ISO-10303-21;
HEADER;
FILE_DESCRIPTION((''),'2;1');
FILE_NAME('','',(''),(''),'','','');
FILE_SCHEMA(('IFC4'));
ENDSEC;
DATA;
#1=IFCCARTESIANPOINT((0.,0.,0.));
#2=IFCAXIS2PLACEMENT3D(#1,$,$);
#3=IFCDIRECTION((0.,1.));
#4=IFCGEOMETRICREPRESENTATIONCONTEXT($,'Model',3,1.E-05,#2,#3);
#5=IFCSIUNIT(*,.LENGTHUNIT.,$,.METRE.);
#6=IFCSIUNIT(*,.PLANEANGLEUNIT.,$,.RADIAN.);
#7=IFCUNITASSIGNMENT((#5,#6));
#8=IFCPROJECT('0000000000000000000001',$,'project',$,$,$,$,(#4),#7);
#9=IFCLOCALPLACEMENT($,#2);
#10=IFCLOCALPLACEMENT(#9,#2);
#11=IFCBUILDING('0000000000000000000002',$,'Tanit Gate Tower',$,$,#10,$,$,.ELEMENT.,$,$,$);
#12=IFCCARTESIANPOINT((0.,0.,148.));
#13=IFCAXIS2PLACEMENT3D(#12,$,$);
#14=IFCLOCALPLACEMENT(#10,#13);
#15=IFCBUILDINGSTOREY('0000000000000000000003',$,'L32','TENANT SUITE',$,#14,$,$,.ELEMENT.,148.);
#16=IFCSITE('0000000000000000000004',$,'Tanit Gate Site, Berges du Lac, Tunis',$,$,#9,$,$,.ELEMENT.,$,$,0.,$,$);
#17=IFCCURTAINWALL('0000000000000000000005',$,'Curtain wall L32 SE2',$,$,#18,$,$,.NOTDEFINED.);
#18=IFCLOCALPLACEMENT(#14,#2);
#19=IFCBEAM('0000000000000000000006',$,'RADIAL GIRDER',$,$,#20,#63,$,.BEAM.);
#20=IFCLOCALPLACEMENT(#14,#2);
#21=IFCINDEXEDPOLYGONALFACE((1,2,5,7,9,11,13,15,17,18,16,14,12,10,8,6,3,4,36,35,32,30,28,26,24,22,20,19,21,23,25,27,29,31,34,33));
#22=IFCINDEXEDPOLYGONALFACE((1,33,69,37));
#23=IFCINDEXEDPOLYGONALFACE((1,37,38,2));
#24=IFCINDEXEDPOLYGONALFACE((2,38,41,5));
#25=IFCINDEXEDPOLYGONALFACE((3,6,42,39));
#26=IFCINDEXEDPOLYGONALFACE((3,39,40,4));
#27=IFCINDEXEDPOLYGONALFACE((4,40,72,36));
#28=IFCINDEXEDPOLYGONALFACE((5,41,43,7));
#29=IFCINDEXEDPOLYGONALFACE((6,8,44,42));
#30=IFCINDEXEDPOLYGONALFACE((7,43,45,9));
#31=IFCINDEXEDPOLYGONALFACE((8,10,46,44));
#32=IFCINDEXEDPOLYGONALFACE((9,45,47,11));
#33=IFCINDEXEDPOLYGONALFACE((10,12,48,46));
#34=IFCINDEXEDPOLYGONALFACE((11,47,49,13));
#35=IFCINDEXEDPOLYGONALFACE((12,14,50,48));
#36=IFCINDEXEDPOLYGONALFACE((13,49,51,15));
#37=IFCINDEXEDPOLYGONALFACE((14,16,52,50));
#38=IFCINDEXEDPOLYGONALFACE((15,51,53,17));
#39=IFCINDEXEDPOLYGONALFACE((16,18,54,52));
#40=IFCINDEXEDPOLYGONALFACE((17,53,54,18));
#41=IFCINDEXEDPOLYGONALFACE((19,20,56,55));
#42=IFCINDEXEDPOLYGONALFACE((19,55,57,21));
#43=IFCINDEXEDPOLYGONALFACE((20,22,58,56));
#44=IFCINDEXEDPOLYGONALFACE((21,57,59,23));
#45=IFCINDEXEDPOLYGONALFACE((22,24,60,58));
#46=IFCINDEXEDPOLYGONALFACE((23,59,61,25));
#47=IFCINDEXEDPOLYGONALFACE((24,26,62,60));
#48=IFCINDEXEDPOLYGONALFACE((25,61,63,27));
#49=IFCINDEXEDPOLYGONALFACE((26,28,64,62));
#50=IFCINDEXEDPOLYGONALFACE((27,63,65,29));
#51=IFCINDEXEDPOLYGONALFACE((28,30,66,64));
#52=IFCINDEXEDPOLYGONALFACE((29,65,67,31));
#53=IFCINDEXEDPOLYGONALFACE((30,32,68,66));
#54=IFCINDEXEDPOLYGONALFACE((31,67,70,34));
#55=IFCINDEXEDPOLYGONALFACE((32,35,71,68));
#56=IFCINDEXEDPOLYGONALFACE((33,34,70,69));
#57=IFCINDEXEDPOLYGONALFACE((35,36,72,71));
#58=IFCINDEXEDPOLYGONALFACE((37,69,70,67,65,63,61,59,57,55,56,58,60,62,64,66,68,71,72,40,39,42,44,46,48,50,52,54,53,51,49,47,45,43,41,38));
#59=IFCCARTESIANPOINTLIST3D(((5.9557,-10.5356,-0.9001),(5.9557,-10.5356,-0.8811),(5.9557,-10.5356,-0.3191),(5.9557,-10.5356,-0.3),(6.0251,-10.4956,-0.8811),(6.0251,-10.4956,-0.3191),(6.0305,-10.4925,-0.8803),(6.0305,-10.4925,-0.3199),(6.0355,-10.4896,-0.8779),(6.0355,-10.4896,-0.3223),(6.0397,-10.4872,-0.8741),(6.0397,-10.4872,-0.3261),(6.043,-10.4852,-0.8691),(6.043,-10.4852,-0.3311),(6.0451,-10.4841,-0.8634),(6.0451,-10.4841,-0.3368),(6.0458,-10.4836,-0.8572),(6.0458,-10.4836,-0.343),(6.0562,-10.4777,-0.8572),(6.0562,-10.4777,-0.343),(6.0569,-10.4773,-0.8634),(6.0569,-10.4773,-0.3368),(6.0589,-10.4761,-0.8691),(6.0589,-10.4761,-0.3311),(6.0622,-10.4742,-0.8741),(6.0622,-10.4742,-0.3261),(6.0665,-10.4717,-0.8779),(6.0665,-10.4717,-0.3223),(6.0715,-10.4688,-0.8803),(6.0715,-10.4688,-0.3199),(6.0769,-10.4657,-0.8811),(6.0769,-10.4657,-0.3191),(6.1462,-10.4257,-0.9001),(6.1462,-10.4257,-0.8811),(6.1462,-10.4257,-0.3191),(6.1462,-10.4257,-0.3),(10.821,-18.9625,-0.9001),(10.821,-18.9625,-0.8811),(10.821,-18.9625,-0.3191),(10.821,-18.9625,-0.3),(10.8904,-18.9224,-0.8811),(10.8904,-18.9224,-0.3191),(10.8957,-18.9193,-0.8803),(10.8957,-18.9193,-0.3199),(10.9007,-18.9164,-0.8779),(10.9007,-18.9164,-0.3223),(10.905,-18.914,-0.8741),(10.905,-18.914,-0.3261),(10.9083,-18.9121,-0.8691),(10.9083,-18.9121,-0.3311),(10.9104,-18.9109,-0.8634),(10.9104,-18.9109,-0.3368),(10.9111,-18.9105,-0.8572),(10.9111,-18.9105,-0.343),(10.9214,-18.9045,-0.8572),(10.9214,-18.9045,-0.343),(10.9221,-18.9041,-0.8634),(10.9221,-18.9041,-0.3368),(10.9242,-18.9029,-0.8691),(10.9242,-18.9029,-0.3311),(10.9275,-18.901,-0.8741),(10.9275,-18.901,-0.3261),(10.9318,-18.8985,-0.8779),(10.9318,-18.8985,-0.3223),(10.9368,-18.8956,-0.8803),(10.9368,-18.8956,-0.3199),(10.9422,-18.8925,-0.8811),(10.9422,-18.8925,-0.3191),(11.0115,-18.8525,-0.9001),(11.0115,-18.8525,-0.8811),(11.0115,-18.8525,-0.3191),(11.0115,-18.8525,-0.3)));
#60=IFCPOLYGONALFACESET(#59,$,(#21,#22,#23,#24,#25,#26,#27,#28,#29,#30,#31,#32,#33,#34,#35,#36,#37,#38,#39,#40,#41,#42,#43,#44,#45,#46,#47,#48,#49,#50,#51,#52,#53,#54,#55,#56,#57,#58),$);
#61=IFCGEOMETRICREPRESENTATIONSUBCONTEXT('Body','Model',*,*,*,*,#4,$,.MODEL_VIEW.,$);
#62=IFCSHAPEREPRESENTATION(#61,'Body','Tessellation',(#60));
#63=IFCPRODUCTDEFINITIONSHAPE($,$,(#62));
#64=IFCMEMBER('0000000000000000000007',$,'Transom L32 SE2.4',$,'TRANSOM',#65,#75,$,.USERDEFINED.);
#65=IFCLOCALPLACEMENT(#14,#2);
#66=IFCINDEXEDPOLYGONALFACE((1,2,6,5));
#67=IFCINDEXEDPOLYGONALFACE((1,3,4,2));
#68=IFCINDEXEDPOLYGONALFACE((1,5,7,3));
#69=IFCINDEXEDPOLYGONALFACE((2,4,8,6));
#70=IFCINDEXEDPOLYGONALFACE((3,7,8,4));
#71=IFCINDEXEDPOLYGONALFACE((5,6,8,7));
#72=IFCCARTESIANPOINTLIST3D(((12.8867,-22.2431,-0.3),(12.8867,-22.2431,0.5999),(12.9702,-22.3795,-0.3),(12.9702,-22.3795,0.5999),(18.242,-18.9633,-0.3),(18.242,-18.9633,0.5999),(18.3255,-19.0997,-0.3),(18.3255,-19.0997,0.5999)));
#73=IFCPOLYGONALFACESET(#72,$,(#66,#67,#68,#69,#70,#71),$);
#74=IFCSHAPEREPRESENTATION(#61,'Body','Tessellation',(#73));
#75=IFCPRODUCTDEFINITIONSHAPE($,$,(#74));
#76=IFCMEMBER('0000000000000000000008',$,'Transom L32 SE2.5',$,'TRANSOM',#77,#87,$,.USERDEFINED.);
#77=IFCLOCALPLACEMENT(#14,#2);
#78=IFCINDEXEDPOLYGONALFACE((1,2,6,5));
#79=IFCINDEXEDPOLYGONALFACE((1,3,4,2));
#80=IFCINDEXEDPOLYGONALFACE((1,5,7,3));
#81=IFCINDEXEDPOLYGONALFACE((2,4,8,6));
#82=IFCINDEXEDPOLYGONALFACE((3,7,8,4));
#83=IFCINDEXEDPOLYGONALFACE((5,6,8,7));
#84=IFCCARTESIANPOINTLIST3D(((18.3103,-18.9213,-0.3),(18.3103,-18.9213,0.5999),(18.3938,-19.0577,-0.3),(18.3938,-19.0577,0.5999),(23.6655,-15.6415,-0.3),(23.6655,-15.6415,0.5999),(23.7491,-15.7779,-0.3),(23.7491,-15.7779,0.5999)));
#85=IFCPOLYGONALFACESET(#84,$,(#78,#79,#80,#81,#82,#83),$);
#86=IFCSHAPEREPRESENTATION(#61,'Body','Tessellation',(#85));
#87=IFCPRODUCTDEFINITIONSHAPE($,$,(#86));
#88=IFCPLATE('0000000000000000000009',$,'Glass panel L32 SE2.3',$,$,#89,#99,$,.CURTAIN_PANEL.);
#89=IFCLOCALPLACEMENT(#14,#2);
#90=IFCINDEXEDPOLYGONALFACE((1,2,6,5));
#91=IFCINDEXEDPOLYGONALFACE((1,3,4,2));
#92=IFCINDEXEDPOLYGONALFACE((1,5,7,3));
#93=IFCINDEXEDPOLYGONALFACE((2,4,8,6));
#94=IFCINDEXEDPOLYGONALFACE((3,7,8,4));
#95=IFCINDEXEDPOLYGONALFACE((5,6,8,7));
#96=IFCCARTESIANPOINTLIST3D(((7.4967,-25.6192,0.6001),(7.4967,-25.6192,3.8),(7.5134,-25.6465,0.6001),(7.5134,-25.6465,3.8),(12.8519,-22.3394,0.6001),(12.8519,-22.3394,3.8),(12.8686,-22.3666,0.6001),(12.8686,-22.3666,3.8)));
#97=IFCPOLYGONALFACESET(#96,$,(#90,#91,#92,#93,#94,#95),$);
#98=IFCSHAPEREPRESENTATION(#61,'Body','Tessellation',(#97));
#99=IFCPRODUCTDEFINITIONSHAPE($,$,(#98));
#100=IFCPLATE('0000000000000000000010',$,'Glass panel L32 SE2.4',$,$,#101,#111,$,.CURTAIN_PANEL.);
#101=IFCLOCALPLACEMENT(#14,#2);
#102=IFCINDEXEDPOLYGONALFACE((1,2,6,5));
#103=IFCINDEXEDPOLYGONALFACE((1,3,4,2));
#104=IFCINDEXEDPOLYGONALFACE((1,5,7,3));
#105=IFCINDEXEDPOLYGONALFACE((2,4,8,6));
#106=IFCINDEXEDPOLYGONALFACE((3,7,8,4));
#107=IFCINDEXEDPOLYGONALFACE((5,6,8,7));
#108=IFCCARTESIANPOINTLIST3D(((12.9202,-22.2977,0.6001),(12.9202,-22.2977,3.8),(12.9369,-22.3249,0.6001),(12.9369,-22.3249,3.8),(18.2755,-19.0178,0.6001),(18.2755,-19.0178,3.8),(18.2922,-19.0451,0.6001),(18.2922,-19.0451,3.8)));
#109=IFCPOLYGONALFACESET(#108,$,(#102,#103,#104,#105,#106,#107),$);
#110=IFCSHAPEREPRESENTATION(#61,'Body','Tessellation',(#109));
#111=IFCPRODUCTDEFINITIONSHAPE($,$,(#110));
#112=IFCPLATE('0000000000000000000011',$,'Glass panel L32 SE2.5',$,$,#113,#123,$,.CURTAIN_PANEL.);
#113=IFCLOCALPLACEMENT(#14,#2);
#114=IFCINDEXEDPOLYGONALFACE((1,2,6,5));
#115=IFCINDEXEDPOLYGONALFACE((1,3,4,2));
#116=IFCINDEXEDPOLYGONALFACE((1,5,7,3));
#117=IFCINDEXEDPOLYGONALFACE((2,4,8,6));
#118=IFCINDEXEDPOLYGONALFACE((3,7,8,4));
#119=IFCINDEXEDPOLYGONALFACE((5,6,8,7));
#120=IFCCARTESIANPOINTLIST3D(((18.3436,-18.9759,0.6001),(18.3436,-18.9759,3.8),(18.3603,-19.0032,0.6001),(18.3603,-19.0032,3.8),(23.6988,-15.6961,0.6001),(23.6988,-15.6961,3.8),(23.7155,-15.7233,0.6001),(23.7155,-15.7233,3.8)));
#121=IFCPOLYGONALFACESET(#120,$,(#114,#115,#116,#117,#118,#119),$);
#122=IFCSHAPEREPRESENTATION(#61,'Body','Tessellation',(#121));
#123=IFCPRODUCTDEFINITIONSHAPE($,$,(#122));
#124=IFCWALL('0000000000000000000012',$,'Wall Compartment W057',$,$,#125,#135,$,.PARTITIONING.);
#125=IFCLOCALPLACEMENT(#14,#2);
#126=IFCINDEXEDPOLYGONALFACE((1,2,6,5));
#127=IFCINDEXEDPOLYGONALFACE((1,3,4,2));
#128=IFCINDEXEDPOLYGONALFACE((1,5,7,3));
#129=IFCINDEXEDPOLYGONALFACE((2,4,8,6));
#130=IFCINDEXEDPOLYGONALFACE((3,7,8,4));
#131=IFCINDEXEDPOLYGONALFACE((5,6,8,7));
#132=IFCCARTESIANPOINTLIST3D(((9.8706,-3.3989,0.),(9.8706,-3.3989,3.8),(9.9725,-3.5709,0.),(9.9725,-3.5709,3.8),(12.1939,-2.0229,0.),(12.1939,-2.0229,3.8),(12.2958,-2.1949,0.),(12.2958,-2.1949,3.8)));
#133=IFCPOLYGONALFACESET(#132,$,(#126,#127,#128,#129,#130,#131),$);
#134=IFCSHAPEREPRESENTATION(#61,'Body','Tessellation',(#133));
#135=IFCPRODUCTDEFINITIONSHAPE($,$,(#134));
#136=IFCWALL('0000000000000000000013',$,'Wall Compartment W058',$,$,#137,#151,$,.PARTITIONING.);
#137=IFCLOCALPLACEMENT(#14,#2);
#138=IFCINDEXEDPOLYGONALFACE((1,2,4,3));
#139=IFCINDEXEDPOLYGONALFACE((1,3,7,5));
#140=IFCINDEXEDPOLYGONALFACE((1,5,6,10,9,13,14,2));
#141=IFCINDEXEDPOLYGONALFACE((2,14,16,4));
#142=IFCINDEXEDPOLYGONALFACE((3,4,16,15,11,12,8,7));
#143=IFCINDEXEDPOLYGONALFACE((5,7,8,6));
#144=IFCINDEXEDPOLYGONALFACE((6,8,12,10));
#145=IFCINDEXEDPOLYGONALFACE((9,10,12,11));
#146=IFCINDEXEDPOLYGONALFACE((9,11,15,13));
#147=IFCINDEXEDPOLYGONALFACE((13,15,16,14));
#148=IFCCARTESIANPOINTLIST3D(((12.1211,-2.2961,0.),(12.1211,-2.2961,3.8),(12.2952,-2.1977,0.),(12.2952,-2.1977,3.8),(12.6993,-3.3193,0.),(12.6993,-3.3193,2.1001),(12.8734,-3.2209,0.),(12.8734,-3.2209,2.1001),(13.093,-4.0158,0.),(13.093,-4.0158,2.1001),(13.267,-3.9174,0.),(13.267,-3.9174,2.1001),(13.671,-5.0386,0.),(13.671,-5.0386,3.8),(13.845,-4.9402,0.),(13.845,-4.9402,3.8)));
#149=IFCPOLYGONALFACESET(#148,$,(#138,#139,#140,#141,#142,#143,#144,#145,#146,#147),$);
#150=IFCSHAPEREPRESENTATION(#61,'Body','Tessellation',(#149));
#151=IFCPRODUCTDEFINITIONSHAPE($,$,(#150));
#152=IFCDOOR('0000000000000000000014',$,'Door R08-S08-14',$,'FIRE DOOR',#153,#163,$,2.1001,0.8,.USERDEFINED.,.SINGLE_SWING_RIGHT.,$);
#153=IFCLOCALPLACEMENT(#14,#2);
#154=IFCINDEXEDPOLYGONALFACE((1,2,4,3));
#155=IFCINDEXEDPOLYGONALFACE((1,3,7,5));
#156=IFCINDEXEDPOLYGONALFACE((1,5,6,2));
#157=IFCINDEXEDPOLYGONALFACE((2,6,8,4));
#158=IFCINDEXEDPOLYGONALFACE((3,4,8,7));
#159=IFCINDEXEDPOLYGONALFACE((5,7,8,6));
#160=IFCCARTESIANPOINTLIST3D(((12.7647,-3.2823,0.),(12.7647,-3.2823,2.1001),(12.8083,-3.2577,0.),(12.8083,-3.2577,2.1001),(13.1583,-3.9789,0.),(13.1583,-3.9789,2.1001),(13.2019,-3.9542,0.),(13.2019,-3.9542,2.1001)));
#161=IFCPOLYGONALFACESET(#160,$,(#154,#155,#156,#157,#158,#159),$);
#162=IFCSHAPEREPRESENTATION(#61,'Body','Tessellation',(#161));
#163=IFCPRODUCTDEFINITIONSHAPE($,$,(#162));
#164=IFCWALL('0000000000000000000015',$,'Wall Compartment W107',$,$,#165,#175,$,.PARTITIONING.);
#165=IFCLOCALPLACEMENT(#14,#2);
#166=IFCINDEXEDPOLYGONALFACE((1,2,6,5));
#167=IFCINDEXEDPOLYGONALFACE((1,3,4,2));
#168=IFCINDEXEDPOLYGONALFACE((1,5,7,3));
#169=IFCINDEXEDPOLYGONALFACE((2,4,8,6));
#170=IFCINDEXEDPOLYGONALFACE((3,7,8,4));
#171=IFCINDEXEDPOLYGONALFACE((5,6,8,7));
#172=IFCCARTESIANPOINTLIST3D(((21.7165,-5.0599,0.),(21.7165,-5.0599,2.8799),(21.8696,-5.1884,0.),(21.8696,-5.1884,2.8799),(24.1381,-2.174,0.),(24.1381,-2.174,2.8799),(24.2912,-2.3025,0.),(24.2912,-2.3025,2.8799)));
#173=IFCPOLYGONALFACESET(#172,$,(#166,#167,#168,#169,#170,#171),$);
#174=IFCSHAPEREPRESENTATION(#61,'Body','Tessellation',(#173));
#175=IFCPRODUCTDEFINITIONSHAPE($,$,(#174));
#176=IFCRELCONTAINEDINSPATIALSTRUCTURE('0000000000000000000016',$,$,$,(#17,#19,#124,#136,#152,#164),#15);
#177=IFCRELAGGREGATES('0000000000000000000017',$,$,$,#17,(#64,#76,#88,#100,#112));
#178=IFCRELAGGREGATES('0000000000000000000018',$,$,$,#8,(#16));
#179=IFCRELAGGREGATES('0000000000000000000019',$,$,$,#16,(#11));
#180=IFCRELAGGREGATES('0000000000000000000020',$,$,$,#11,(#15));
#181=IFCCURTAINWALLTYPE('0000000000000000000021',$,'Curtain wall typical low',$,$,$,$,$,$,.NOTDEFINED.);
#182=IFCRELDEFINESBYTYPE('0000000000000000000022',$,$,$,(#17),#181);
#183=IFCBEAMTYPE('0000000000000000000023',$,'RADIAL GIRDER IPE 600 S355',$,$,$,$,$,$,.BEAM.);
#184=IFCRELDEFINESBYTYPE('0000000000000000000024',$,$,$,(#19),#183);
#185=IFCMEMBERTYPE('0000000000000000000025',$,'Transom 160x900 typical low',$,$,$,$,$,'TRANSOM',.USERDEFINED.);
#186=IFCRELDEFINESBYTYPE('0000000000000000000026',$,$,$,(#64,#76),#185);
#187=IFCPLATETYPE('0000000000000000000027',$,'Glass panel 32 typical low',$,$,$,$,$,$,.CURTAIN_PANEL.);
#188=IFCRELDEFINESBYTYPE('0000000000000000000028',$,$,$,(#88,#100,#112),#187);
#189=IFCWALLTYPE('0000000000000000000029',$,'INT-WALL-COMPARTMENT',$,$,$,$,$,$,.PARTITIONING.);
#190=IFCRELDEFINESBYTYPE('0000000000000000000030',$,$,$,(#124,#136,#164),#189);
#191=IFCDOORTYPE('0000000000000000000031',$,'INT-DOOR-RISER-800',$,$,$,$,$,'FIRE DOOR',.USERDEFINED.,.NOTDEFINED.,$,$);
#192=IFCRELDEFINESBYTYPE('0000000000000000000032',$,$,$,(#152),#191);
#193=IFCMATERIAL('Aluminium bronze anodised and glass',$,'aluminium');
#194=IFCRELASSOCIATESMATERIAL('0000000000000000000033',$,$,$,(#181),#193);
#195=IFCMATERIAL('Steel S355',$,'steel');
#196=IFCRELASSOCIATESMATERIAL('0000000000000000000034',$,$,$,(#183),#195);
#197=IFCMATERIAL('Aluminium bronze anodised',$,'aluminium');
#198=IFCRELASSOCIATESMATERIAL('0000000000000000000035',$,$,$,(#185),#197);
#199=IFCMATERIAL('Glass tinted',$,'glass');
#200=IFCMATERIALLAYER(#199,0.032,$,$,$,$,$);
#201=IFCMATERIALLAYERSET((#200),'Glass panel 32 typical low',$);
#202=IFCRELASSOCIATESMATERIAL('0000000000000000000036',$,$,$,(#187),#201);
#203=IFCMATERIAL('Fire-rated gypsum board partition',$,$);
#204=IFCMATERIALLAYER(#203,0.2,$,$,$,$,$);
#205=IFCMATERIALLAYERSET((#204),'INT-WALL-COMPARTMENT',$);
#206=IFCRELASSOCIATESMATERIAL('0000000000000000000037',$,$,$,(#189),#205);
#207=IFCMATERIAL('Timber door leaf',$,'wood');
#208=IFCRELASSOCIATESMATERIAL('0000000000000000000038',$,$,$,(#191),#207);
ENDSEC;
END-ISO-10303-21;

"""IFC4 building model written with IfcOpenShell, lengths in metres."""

from ifc_helpers import new_model, si_unit, direction, frame, frame_2d, origin, origin_2d, place, context, subcontext, project, spatial, rectangle, i_section, extrude, material, layer, layer_set, material_profile, profile_set, type_object, element, fill, aggregate, save


model = new_model("IFC4")

# Units and contexts
model_context = context("Model", 3, precision=1e-05, world=origin(), true_north=direction((0.0, 1.0)))
body_context = subcontext(model_context, "Body", "Model", "MODEL_VIEW")
ifc_project = project(units=[si_unit("LENGTHUNIT", "METRE"), si_unit("PLANEANGLEUNIT", "RADIAN")], contexts=[model_context])

# Site, building, storey
site_placement = place(None, origin())
site = spatial("IfcSite", under=ifc_project, at=site_placement, Name="Tanit Gate Site, Berges du Lac, Tunis", CompositionType="ELEMENT", RefElevation=0.0)
building_placement = place(site_placement, origin())
building = spatial("IfcBuilding", under=site, at=building_placement, Name="Tanit Gate Tower", CompositionType="ELEMENT")
storey_placement = place(building_placement, frame((0.0, 0.0, 148.0)))
storey = spatial("IfcBuildingStorey", under=building, at=storey_placement, Name="L32", Description="TENANT SUITE", CompositionType="ELEMENT", Elevation=148.0)

# Curtain wall
ifc_material_1 = material(Name="Aluminium bronze anodised and glass", Category="aluminium")
curtain_wall_type = type_object("IfcCurtainWallType", Name="Curtain wall typical low", PredefinedType="NOTDEFINED", material=ifc_material_1)
curtain_wall_placement = place(storey_placement, origin())
curtain_wall = element("IfcCurtainWall", 1, at=curtain_wall_placement, inside=storey, type_object=curtain_wall_type, Name="Curtain wall L32 SE2", PredefinedType="NOTDEFINED")

# Beam
ifc_material_2 = material(Name="Steel S355", Category="steel")
ifc_material_profile_1 = material_profile(ifc_material_2, i_section(OverallWidth=0.22, OverallDepth=0.6001, WebThickness=0.012, FlangeThickness=0.019, FilletRadius=0.0239, at=origin_2d()), Name="IPE 600")
ifc_profile_set_1 = profile_set([ifc_material_profile_1], Name="Steel S355")
beam_type_1 = type_object("IfcBeamType", Name="RADIAL GIRDER IPE 600 S355", PredefinedType="BEAM", material=ifc_profile_set_1)
beam_1_placement = place(storey_placement, frame((10.9163, -18.9075, -0.6001), z_axis=(-0.500003, 0.866023, 0.0), x_axis=(-0.866023, -0.500003, 0.0)))
element("IfcBeam", 2, at=beam_1_placement, inside=storey, type_object=beam_type_1, Name="RADIAL GIRDER", PredefinedType="BEAM", context=body_context, shape_type="SweptSolid", body=[
    extrude(i_section(OverallWidth=0.22, OverallDepth=0.6001, WebThickness=0.012, FlangeThickness=0.019, FilletRadius=0.0239, at=origin_2d()), origin(), (0.0, 0.0, 1.0), 9.7305),
])

# Members
ifc_material_3 = material(Name="Aluminium bronze anodised", Category="aluminium")
ifc_material_profile_2 = material_profile(ifc_material_3, rectangle(XDim=0.1599, YDim=0.8999, at=origin_2d()), Name="160x900 bronze transom")
ifc_profile_set_2 = profile_set([ifc_material_profile_2], Name="Aluminium bronze anodised")
member_type_1 = type_object("IfcMemberType", Name="Transom 160x900 typical low", ElementType="TRANSOM", PredefinedType="USERDEFINED", material=ifc_profile_set_2)
member_1_placement = place(storey_placement, frame((12.9285, -22.3113, 0.1499), z_axis=(0.852775, 0.522279, 0.0), x_axis=(-0.522279, 0.852775, 0.0)))
member_1 = element("IfcMember", 3, at=member_1_placement, type_object=member_type_1, Name="Transom L32 SE2.4", ObjectType="TRANSOM", PredefinedType="USERDEFINED", context=body_context, shape_type="SweptSolid", body=[
    extrude(rectangle(XDim=0.1599, YDim=0.8999, at=origin_2d()), origin(), (0.0, 0.0, 1.0), 6.2798),
])
member_2_placement = place(storey_placement, frame((18.3521, -18.9895, 0.1499), z_axis=(0.852775, 0.522279, 0.0), x_axis=(-0.522279, 0.852775, 0.0)))
member_2 = element("IfcMember", 4, at=member_2_placement, type_object=member_type_1, Name="Transom L32 SE2.5", ObjectType="TRANSOM", PredefinedType="USERDEFINED", context=body_context, shape_type="SweptSolid", body=[
    extrude(rectangle(XDim=0.1599, YDim=0.8999, at=origin_2d()), origin(), (0.0, 0.0, 1.0), 6.2798),
])

# Plates
ifc_material_4 = material(Name="Glass tinted", Category="glass")
ifc_layer_1 = layer(ifc_material_4, 0.032)
ifc_layer_set_1 = layer_set([ifc_layer_1], Name="Glass panel 32 typical low")
plate_type = type_object("IfcPlateType", Name="Glass panel 32 typical low", PredefinedType="CURTAIN_PANEL", material=ifc_layer_set_1)
plate_1_placement = place(storey_placement, frame((10.1826, -23.9929, 0.6001), z_axis=(0.0, 0.0, 1.0), x_axis=(0.852772, 0.522283, 0.0)))
plate_1 = element("IfcPlate", 5, at=plate_1_placement, type_object=plate_type, Name="Glass panel L32 SE2.3", PredefinedType="CURTAIN_PANEL", context=body_context, shape_type="SweptSolid", body=[
    extrude(rectangle(XDim=6.2798, YDim=0.032, at=origin_2d()), origin(), (0.0, 0.0, 1.0), 3.2),
])
plate_2_placement = place(storey_placement, frame((15.6062, -20.6714, 0.6001), z_axis=(0.0, 0.0, 1.0), x_axis=(0.852772, 0.522283, 0.0)))
plate_2 = element("IfcPlate", 6, at=plate_2_placement, type_object=plate_type, Name="Glass panel L32 SE2.4", PredefinedType="CURTAIN_PANEL", context=body_context, shape_type="SweptSolid", body=[
    extrude(rectangle(XDim=6.2798, YDim=0.032, at=origin_2d()), origin(), (0.0, 0.0, 1.0), 3.2),
])
plate_3_placement = place(storey_placement, frame((21.0295, -17.3496, 0.6001), z_axis=(0.0, 0.0, 1.0), x_axis=(0.852772, 0.522283, 0.0)))
plate_3 = element("IfcPlate", 7, at=plate_3_placement, type_object=plate_type, Name="Glass panel L32 SE2.5", PredefinedType="CURTAIN_PANEL", context=body_context, shape_type="SweptSolid", body=[
    extrude(rectangle(XDim=6.2798, YDim=0.032, at=origin_2d()), origin(), (0.0, 0.0, 1.0), 3.2),
])
aggregate(curtain_wall, [member_1, member_2, plate_1, plate_2, plate_3])

# Wall
ifc_material_5 = material(Name="Fire-rated gypsum board partition")
ifc_layer_2 = layer(ifc_material_5, 0.2)
ifc_layer_set_2 = layer_set([ifc_layer_2], Name="INT-WALL-COMPARTMENT")
wall_type_1 = type_object("IfcWallType", Name="INT-WALL-COMPARTMENT", PredefinedType="PARTITIONING", material=ifc_layer_set_2)
wall_1_placement = place(storey_placement, frame((12.2449, -2.1089, 0.0), z_axis=(0.0, 0.0, 1.0), x_axis=(-0.860415, -0.509594, 0.0)))
element("IfcWall", 8, at=wall_1_placement, inside=storey, type_object=wall_type_1, Name="Wall Compartment W057", PredefinedType="PARTITIONING", context=body_context, shape_type="SweptSolid", body=[
    extrude(rectangle(XDim=2.7002, YDim=0.2, at=frame_2d((1.3501, 0.0))), origin(), (0.0, 0.0, 1.0), 3.8),
])

# Wall, opening, door
wall_2_placement = place(storey_placement, frame((13.7581, -4.9895, 0.0), z_axis=(0.0, 0.0, 1.0), x_axis=(-0.491993, 0.870599, 0.0)))
wall_2 = element("IfcWall", 9, at=wall_2_placement, inside=storey, type_object=wall_type_1, Name="Wall Compartment W058", PredefinedType="PARTITIONING", context=body_context, shape_type="SweptSolid", body=[
    extrude(rectangle(XDim=3.1501, YDim=0.2, at=frame_2d((1.5752, 0.0))), origin(), (0.0, 0.0, 1.0), 3.8),
])
opening_1_placement = place(wall_2_placement, frame((1.175, 0.0, 0.0)))
opening_1 = element("IfcOpeningElement", 10, at=opening_1_placement, cuts=wall_2, PredefinedType="OPENING", context=body_context, shape_type="SweptSolid", body=[
    extrude(rectangle(XDim=0.8, YDim=2.1001, at=frame_2d((0.3999, 1.05))), frame((0.0, 0.1099, 0.0), z_axis=(0.0, -1.0, 0.0), x_axis=(1.0, 0.0, 0.0)), (0.0, 0.0, 1.0), 0.22),
])
ifc_material_6 = material(Name="Timber door leaf", Category="wood")
door_type_1 = type_object("IfcDoorType", Name="INT-DOOR-RISER-800", ElementType="FIRE DOOR", OperationType="NOTDEFINED", PredefinedType="USERDEFINED", material=ifc_material_6)
door_1_placement = place(opening_1_placement, origin())
door_1 = element("IfcDoor", 11, at=door_1_placement, inside=storey, type_object=door_type_1, Name="Door R08-S08-14", ObjectType="FIRE DOOR", OperationType="SINGLE_SWING_RIGHT", OverallHeight=2.1001, OverallWidth=0.8, PredefinedType="USERDEFINED", context=body_context, shape_type="SweptSolid", body=[
    extrude(rectangle(XDim=0.8, YDim=2.1001, at=frame_2d((0.3999, 1.05))), frame((0.0, 0.0249, 0.0), z_axis=(0.0, -1.0, 0.0), x_axis=(1.0, 0.0, 0.0)), (0.0, 0.0, 1.0), 0.05),
])
fill(opening_1, door_1)

# Wall
wall_3_placement = place(storey_placement, frame((21.793, -5.1243, 0.0), z_axis=(0.0, 0.0, 1.0), x_axis=(0.642788, 0.766044, 0.0)))
element("IfcWall", 12, at=wall_3_placement, inside=storey, type_object=wall_type_1, Name="Wall Compartment W107", PredefinedType="PARTITIONING", context=body_context, shape_type="SweptSolid", body=[
    extrude(rectangle(XDim=3.7673, YDim=0.2, at=frame_2d((1.8838, 0.0))), origin(), (0.0, 0.0, 1.0), 2.8799),
])

save(model, "model.ifc")
